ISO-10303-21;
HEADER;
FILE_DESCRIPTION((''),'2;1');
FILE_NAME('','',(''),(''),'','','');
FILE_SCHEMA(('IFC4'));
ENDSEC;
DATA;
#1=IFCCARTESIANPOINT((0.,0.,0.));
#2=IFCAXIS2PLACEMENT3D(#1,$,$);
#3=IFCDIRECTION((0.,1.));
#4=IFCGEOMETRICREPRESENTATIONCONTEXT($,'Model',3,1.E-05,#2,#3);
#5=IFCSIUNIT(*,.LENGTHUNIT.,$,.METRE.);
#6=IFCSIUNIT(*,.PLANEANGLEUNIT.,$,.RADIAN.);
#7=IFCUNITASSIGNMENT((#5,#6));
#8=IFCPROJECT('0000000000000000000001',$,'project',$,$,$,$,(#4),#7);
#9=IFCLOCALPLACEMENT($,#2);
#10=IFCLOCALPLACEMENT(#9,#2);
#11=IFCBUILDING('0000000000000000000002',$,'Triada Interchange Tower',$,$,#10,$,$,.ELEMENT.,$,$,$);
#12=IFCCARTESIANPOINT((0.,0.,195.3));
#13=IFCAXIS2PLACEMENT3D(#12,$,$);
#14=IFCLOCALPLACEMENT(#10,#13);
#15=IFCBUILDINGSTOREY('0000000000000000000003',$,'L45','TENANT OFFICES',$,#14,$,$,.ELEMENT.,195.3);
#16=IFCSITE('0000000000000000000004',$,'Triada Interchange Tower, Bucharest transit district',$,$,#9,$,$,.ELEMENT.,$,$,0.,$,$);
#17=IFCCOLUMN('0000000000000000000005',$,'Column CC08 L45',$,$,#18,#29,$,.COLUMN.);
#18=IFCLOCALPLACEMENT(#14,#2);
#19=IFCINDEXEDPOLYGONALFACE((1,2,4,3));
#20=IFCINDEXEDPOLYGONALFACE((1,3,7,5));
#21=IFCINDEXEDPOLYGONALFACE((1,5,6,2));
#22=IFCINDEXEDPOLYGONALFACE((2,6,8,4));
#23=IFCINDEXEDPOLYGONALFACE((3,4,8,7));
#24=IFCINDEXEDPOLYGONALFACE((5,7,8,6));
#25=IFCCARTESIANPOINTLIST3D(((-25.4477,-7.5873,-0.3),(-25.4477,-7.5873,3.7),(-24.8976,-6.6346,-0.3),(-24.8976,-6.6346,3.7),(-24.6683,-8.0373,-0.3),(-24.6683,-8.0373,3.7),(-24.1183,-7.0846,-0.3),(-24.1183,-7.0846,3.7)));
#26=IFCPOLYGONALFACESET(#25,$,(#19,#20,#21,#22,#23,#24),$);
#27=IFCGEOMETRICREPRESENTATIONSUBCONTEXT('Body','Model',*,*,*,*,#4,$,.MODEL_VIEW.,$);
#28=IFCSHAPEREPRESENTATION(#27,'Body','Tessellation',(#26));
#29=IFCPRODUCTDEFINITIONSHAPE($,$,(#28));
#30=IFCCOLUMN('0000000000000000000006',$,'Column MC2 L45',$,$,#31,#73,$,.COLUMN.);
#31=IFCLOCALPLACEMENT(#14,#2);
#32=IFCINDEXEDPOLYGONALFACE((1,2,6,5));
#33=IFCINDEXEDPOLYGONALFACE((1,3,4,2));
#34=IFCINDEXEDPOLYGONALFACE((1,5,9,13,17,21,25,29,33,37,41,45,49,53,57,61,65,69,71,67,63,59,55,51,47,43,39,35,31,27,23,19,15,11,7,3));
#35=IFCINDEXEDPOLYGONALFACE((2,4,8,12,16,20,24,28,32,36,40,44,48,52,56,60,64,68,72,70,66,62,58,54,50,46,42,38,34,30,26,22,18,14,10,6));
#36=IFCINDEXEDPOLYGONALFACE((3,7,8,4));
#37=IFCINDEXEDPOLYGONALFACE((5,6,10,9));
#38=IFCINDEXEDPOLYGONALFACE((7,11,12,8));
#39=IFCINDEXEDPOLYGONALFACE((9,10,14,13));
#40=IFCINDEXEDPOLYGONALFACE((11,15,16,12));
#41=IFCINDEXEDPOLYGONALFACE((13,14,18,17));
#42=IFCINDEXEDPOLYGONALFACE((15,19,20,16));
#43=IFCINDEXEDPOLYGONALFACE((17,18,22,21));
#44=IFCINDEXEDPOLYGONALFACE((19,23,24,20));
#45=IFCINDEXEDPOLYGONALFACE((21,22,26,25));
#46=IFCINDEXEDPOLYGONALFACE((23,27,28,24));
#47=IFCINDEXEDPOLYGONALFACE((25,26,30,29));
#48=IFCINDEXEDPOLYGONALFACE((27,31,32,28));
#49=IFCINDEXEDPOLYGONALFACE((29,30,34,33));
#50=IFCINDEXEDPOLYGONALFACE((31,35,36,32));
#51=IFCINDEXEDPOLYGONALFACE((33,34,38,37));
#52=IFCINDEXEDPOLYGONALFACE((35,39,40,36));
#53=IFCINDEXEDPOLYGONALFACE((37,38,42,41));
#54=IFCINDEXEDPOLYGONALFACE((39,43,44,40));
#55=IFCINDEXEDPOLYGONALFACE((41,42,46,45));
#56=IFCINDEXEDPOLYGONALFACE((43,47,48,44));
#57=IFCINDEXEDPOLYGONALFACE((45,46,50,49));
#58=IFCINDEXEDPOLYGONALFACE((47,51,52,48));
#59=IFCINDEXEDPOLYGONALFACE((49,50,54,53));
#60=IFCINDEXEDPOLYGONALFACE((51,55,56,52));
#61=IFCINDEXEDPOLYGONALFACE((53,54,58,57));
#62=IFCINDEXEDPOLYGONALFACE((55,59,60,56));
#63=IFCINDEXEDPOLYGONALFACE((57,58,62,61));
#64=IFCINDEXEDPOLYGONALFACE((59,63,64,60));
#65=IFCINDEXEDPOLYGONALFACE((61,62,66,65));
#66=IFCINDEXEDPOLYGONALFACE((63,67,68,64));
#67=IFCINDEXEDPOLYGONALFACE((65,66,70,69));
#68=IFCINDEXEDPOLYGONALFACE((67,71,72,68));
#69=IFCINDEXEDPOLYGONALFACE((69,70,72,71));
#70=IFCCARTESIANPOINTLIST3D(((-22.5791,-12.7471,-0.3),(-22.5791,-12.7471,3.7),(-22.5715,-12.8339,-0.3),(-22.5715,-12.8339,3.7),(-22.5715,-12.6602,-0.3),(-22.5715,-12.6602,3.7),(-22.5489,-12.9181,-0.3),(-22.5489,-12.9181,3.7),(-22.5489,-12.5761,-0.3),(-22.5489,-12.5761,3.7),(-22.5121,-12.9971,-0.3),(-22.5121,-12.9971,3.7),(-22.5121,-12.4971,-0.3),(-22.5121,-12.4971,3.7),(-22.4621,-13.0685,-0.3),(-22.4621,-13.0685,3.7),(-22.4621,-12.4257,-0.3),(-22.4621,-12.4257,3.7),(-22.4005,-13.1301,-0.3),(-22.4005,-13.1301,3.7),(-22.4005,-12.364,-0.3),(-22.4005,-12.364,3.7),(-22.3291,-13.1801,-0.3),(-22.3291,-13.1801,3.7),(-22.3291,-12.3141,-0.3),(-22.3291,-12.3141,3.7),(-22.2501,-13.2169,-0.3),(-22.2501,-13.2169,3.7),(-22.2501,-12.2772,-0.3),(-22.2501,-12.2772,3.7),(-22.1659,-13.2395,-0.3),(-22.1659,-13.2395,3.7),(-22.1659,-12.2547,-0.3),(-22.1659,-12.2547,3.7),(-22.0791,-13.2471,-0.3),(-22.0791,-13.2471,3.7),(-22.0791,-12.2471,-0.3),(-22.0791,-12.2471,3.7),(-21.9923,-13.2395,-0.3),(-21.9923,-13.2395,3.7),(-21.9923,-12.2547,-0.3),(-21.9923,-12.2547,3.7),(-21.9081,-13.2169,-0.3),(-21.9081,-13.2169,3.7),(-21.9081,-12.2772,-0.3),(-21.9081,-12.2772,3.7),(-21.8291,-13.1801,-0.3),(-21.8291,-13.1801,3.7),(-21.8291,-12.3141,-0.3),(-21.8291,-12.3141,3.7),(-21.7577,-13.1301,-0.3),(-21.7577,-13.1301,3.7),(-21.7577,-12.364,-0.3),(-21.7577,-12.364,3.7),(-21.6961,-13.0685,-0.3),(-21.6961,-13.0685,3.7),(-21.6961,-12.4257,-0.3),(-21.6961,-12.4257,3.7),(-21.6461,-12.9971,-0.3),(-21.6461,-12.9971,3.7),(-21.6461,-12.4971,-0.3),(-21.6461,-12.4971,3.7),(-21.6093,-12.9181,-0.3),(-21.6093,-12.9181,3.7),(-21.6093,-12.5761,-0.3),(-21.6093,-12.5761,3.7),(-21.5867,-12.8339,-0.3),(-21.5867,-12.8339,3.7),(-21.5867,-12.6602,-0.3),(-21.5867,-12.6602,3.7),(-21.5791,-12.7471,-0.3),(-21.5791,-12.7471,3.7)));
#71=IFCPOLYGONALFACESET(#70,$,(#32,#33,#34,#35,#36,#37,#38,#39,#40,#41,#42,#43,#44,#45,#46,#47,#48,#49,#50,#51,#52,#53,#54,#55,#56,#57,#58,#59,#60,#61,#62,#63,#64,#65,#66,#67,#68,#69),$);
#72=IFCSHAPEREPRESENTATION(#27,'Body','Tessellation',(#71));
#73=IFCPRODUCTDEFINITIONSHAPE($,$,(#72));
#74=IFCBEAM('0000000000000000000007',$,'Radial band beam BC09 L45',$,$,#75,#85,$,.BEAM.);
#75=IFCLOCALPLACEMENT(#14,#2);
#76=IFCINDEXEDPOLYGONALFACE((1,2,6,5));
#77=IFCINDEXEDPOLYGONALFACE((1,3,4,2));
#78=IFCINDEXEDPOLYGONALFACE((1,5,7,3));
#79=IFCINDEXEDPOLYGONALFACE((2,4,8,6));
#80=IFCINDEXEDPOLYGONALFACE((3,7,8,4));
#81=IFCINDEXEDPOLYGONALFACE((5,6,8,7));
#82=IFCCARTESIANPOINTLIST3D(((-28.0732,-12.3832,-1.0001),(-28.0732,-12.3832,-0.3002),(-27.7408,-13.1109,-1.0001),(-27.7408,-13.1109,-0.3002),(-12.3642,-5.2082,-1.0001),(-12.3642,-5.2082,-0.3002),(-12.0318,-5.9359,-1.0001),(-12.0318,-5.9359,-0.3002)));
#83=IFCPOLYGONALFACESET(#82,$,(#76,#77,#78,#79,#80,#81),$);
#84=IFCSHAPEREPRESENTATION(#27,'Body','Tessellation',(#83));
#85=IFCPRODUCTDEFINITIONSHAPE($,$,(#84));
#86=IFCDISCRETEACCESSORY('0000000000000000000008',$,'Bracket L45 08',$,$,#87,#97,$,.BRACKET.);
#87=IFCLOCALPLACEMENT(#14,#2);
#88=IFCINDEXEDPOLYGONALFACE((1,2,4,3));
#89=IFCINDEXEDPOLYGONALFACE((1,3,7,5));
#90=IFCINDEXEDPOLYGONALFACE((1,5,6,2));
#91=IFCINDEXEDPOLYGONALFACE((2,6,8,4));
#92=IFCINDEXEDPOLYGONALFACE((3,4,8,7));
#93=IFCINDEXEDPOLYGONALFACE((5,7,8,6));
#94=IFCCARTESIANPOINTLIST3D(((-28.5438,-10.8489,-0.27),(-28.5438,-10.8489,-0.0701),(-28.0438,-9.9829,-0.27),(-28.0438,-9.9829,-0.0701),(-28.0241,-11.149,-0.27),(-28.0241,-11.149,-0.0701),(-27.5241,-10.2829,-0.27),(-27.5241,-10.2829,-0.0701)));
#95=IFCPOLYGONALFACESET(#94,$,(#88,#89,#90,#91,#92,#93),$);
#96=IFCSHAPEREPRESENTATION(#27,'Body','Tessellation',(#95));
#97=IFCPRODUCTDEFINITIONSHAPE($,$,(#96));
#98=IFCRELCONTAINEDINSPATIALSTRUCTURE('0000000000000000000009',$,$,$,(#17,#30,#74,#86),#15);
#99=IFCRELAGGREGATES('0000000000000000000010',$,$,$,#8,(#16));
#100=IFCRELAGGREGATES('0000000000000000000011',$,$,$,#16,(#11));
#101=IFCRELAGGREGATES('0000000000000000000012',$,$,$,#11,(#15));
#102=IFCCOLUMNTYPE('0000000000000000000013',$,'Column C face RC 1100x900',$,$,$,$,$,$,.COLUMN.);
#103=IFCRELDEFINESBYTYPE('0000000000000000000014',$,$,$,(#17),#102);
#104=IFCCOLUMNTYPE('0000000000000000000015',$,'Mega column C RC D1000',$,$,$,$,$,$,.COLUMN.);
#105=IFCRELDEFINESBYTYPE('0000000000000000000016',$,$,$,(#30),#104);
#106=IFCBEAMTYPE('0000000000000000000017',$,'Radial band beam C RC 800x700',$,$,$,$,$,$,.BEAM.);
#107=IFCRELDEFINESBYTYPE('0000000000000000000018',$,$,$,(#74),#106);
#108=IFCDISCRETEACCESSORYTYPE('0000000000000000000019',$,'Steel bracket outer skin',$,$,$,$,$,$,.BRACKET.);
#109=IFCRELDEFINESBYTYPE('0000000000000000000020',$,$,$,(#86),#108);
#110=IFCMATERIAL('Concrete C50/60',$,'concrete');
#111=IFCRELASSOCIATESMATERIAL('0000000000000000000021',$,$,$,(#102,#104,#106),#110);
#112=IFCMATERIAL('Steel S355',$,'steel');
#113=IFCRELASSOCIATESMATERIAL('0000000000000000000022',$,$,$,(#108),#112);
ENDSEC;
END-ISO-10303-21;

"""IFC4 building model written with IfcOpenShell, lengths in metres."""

from ifc_helpers import new_model, si_unit, direction, frame, origin, origin_2d, place, context, subcontext, project, spatial, rectangle, circle, extrude, material, material_profile, profile_set, type_object, element, save


model = new_model("IFC4")

# Units and contexts
model_context = context("Model", 3, precision=1e-05, world=origin(), true_north=direction((0.0, 1.0)))
body_context = subcontext(model_context, "Body", "Model", "MODEL_VIEW")
ifc_project = project(units=[si_unit("LENGTHUNIT", "METRE"), si_unit("PLANEANGLEUNIT", "RADIAN")], contexts=[model_context])

# Site, building, storey
site_placement = place(None, origin())
site = spatial("IfcSite", under=ifc_project, at=site_placement, Name="Triada Interchange Tower, Bucharest transit district", CompositionType="ELEMENT", RefElevation=0.0)
building_placement = place(site_placement, origin())
building = spatial("IfcBuilding", under=site, at=building_placement, Name="Triada Interchange Tower", CompositionType="ELEMENT")
storey_placement = place(building_placement, frame((0.0, 0.0, 195.3)))
storey = spatial("IfcBuildingStorey", under=building, at=storey_placement, Name="L45", Description="TENANT OFFICES", CompositionType="ELEMENT", Elevation=195.3)

# Columns
ifc_material_1 = material(Name="Concrete C50/60", Category="concrete")
ifc_material_profile_1 = material_profile(ifc_material_1, rectangle(XDim=1.1001, YDim=0.8999, at=origin_2d()), Name="RC 1100x900")
ifc_profile_set_1 = profile_set([ifc_material_profile_1], Name="Concrete C50/60")
column_type_1 = type_object("IfcColumnType", Name="Column C face RC 1100x900", PredefinedType="COLUMN", material=ifc_profile_set_1)
column_1_placement = place(storey_placement, frame((-24.783, -7.3359, -0.3), z_axis=(0.0, 0.0, 1.0), x_axis=(0.5, 0.866025, 0.0)))
element("IfcColumn", 1, at=column_1_placement, inside=storey, type_object=column_type_1, Name="Column CC08 L45", PredefinedType="COLUMN", context=body_context, shape_type="SweptSolid", body=[
    extrude(rectangle(XDim=1.1001, YDim=0.8999, at=origin_2d()), origin(), (0.0, 0.0, 1.0), 4.0),
])
ifc_material_profile_2 = material_profile(ifc_material_1, circle(Radius=0.5, at=origin_2d()), Name="RC D1000")
ifc_profile_set_2 = profile_set([ifc_material_profile_2], Name="Concrete C50/60")
column_type_2 = type_object("IfcColumnType", Name="Mega column C RC D1000", PredefinedType="COLUMN", material=ifc_profile_set_2)
column_2_placement = place(storey_placement, frame((-22.0791, -12.7471, -0.3), z_axis=(0.0, 0.0, 1.0), x_axis=(1.0, 0.0, 0.0)))
element("IfcColumn", 2, at=column_2_placement, inside=storey, type_object=column_type_2, Name="Column MC2 L45", PredefinedType="COLUMN", context=body_context, shape_type="SweptSolid", body=[
    extrude(circle(Radius=0.5, at=origin_2d()), origin(), (0.0, 0.0, 1.0), 4.0),
])

# Beam
ifc_material_profile_3 = material_profile(ifc_material_1, rectangle(XDim=0.8, YDim=0.7, at=origin_2d()), Name="RC 800x700")
ifc_profile_set_3 = profile_set([ifc_material_profile_3], Name="Concrete C50/60")
beam_type = type_object("IfcBeamType", Name="Radial band beam C RC 800x700", PredefinedType="BEAM", material=ifc_profile_set_3)
beam_placement = place(storey_placement, frame((-27.907, -12.7471, -0.6501), z_axis=(0.90961, 0.415463, 0.0), x_axis=(-0.415463, 0.90961, 0.0)))
element("IfcBeam", 3, at=beam_placement, inside=storey, type_object=beam_type, Name="Radial band beam BC09 L45", PredefinedType="BEAM", context=body_context, shape_type="SweptSolid", body=[
    extrude(rectangle(XDim=0.8, YDim=0.7, at=origin_2d()), origin(), (0.0, 0.0, 1.0), 17.27),
])

# Discrete accessory
ifc_material_2 = material(Name="Steel S355", Category="steel")
discrete_accessory_type = type_object("IfcDiscreteAccessoryType", Name="Steel bracket outer skin", PredefinedType="BRACKET", material=ifc_material_2)
discrete_accessory_placement = place(storey_placement, frame((-28.0339, -10.5659, -0.27), z_axis=(0.0, 0.0, 1.0), x_axis=(-0.866023, 0.500003, 0.0)))
element("IfcDiscreteAccessory", 4, at=discrete_accessory_placement, inside=storey, type_object=discrete_accessory_type, Name="Bracket L45 08", PredefinedType="BRACKET", context=body_context, shape_type="SweptSolid", body=[
    extrude(rectangle(XDim=0.6001, YDim=1.0, at=origin_2d()), origin(), (0.0, 0.0, 1.0), 0.2),
])

save(model, "model.ifc")
